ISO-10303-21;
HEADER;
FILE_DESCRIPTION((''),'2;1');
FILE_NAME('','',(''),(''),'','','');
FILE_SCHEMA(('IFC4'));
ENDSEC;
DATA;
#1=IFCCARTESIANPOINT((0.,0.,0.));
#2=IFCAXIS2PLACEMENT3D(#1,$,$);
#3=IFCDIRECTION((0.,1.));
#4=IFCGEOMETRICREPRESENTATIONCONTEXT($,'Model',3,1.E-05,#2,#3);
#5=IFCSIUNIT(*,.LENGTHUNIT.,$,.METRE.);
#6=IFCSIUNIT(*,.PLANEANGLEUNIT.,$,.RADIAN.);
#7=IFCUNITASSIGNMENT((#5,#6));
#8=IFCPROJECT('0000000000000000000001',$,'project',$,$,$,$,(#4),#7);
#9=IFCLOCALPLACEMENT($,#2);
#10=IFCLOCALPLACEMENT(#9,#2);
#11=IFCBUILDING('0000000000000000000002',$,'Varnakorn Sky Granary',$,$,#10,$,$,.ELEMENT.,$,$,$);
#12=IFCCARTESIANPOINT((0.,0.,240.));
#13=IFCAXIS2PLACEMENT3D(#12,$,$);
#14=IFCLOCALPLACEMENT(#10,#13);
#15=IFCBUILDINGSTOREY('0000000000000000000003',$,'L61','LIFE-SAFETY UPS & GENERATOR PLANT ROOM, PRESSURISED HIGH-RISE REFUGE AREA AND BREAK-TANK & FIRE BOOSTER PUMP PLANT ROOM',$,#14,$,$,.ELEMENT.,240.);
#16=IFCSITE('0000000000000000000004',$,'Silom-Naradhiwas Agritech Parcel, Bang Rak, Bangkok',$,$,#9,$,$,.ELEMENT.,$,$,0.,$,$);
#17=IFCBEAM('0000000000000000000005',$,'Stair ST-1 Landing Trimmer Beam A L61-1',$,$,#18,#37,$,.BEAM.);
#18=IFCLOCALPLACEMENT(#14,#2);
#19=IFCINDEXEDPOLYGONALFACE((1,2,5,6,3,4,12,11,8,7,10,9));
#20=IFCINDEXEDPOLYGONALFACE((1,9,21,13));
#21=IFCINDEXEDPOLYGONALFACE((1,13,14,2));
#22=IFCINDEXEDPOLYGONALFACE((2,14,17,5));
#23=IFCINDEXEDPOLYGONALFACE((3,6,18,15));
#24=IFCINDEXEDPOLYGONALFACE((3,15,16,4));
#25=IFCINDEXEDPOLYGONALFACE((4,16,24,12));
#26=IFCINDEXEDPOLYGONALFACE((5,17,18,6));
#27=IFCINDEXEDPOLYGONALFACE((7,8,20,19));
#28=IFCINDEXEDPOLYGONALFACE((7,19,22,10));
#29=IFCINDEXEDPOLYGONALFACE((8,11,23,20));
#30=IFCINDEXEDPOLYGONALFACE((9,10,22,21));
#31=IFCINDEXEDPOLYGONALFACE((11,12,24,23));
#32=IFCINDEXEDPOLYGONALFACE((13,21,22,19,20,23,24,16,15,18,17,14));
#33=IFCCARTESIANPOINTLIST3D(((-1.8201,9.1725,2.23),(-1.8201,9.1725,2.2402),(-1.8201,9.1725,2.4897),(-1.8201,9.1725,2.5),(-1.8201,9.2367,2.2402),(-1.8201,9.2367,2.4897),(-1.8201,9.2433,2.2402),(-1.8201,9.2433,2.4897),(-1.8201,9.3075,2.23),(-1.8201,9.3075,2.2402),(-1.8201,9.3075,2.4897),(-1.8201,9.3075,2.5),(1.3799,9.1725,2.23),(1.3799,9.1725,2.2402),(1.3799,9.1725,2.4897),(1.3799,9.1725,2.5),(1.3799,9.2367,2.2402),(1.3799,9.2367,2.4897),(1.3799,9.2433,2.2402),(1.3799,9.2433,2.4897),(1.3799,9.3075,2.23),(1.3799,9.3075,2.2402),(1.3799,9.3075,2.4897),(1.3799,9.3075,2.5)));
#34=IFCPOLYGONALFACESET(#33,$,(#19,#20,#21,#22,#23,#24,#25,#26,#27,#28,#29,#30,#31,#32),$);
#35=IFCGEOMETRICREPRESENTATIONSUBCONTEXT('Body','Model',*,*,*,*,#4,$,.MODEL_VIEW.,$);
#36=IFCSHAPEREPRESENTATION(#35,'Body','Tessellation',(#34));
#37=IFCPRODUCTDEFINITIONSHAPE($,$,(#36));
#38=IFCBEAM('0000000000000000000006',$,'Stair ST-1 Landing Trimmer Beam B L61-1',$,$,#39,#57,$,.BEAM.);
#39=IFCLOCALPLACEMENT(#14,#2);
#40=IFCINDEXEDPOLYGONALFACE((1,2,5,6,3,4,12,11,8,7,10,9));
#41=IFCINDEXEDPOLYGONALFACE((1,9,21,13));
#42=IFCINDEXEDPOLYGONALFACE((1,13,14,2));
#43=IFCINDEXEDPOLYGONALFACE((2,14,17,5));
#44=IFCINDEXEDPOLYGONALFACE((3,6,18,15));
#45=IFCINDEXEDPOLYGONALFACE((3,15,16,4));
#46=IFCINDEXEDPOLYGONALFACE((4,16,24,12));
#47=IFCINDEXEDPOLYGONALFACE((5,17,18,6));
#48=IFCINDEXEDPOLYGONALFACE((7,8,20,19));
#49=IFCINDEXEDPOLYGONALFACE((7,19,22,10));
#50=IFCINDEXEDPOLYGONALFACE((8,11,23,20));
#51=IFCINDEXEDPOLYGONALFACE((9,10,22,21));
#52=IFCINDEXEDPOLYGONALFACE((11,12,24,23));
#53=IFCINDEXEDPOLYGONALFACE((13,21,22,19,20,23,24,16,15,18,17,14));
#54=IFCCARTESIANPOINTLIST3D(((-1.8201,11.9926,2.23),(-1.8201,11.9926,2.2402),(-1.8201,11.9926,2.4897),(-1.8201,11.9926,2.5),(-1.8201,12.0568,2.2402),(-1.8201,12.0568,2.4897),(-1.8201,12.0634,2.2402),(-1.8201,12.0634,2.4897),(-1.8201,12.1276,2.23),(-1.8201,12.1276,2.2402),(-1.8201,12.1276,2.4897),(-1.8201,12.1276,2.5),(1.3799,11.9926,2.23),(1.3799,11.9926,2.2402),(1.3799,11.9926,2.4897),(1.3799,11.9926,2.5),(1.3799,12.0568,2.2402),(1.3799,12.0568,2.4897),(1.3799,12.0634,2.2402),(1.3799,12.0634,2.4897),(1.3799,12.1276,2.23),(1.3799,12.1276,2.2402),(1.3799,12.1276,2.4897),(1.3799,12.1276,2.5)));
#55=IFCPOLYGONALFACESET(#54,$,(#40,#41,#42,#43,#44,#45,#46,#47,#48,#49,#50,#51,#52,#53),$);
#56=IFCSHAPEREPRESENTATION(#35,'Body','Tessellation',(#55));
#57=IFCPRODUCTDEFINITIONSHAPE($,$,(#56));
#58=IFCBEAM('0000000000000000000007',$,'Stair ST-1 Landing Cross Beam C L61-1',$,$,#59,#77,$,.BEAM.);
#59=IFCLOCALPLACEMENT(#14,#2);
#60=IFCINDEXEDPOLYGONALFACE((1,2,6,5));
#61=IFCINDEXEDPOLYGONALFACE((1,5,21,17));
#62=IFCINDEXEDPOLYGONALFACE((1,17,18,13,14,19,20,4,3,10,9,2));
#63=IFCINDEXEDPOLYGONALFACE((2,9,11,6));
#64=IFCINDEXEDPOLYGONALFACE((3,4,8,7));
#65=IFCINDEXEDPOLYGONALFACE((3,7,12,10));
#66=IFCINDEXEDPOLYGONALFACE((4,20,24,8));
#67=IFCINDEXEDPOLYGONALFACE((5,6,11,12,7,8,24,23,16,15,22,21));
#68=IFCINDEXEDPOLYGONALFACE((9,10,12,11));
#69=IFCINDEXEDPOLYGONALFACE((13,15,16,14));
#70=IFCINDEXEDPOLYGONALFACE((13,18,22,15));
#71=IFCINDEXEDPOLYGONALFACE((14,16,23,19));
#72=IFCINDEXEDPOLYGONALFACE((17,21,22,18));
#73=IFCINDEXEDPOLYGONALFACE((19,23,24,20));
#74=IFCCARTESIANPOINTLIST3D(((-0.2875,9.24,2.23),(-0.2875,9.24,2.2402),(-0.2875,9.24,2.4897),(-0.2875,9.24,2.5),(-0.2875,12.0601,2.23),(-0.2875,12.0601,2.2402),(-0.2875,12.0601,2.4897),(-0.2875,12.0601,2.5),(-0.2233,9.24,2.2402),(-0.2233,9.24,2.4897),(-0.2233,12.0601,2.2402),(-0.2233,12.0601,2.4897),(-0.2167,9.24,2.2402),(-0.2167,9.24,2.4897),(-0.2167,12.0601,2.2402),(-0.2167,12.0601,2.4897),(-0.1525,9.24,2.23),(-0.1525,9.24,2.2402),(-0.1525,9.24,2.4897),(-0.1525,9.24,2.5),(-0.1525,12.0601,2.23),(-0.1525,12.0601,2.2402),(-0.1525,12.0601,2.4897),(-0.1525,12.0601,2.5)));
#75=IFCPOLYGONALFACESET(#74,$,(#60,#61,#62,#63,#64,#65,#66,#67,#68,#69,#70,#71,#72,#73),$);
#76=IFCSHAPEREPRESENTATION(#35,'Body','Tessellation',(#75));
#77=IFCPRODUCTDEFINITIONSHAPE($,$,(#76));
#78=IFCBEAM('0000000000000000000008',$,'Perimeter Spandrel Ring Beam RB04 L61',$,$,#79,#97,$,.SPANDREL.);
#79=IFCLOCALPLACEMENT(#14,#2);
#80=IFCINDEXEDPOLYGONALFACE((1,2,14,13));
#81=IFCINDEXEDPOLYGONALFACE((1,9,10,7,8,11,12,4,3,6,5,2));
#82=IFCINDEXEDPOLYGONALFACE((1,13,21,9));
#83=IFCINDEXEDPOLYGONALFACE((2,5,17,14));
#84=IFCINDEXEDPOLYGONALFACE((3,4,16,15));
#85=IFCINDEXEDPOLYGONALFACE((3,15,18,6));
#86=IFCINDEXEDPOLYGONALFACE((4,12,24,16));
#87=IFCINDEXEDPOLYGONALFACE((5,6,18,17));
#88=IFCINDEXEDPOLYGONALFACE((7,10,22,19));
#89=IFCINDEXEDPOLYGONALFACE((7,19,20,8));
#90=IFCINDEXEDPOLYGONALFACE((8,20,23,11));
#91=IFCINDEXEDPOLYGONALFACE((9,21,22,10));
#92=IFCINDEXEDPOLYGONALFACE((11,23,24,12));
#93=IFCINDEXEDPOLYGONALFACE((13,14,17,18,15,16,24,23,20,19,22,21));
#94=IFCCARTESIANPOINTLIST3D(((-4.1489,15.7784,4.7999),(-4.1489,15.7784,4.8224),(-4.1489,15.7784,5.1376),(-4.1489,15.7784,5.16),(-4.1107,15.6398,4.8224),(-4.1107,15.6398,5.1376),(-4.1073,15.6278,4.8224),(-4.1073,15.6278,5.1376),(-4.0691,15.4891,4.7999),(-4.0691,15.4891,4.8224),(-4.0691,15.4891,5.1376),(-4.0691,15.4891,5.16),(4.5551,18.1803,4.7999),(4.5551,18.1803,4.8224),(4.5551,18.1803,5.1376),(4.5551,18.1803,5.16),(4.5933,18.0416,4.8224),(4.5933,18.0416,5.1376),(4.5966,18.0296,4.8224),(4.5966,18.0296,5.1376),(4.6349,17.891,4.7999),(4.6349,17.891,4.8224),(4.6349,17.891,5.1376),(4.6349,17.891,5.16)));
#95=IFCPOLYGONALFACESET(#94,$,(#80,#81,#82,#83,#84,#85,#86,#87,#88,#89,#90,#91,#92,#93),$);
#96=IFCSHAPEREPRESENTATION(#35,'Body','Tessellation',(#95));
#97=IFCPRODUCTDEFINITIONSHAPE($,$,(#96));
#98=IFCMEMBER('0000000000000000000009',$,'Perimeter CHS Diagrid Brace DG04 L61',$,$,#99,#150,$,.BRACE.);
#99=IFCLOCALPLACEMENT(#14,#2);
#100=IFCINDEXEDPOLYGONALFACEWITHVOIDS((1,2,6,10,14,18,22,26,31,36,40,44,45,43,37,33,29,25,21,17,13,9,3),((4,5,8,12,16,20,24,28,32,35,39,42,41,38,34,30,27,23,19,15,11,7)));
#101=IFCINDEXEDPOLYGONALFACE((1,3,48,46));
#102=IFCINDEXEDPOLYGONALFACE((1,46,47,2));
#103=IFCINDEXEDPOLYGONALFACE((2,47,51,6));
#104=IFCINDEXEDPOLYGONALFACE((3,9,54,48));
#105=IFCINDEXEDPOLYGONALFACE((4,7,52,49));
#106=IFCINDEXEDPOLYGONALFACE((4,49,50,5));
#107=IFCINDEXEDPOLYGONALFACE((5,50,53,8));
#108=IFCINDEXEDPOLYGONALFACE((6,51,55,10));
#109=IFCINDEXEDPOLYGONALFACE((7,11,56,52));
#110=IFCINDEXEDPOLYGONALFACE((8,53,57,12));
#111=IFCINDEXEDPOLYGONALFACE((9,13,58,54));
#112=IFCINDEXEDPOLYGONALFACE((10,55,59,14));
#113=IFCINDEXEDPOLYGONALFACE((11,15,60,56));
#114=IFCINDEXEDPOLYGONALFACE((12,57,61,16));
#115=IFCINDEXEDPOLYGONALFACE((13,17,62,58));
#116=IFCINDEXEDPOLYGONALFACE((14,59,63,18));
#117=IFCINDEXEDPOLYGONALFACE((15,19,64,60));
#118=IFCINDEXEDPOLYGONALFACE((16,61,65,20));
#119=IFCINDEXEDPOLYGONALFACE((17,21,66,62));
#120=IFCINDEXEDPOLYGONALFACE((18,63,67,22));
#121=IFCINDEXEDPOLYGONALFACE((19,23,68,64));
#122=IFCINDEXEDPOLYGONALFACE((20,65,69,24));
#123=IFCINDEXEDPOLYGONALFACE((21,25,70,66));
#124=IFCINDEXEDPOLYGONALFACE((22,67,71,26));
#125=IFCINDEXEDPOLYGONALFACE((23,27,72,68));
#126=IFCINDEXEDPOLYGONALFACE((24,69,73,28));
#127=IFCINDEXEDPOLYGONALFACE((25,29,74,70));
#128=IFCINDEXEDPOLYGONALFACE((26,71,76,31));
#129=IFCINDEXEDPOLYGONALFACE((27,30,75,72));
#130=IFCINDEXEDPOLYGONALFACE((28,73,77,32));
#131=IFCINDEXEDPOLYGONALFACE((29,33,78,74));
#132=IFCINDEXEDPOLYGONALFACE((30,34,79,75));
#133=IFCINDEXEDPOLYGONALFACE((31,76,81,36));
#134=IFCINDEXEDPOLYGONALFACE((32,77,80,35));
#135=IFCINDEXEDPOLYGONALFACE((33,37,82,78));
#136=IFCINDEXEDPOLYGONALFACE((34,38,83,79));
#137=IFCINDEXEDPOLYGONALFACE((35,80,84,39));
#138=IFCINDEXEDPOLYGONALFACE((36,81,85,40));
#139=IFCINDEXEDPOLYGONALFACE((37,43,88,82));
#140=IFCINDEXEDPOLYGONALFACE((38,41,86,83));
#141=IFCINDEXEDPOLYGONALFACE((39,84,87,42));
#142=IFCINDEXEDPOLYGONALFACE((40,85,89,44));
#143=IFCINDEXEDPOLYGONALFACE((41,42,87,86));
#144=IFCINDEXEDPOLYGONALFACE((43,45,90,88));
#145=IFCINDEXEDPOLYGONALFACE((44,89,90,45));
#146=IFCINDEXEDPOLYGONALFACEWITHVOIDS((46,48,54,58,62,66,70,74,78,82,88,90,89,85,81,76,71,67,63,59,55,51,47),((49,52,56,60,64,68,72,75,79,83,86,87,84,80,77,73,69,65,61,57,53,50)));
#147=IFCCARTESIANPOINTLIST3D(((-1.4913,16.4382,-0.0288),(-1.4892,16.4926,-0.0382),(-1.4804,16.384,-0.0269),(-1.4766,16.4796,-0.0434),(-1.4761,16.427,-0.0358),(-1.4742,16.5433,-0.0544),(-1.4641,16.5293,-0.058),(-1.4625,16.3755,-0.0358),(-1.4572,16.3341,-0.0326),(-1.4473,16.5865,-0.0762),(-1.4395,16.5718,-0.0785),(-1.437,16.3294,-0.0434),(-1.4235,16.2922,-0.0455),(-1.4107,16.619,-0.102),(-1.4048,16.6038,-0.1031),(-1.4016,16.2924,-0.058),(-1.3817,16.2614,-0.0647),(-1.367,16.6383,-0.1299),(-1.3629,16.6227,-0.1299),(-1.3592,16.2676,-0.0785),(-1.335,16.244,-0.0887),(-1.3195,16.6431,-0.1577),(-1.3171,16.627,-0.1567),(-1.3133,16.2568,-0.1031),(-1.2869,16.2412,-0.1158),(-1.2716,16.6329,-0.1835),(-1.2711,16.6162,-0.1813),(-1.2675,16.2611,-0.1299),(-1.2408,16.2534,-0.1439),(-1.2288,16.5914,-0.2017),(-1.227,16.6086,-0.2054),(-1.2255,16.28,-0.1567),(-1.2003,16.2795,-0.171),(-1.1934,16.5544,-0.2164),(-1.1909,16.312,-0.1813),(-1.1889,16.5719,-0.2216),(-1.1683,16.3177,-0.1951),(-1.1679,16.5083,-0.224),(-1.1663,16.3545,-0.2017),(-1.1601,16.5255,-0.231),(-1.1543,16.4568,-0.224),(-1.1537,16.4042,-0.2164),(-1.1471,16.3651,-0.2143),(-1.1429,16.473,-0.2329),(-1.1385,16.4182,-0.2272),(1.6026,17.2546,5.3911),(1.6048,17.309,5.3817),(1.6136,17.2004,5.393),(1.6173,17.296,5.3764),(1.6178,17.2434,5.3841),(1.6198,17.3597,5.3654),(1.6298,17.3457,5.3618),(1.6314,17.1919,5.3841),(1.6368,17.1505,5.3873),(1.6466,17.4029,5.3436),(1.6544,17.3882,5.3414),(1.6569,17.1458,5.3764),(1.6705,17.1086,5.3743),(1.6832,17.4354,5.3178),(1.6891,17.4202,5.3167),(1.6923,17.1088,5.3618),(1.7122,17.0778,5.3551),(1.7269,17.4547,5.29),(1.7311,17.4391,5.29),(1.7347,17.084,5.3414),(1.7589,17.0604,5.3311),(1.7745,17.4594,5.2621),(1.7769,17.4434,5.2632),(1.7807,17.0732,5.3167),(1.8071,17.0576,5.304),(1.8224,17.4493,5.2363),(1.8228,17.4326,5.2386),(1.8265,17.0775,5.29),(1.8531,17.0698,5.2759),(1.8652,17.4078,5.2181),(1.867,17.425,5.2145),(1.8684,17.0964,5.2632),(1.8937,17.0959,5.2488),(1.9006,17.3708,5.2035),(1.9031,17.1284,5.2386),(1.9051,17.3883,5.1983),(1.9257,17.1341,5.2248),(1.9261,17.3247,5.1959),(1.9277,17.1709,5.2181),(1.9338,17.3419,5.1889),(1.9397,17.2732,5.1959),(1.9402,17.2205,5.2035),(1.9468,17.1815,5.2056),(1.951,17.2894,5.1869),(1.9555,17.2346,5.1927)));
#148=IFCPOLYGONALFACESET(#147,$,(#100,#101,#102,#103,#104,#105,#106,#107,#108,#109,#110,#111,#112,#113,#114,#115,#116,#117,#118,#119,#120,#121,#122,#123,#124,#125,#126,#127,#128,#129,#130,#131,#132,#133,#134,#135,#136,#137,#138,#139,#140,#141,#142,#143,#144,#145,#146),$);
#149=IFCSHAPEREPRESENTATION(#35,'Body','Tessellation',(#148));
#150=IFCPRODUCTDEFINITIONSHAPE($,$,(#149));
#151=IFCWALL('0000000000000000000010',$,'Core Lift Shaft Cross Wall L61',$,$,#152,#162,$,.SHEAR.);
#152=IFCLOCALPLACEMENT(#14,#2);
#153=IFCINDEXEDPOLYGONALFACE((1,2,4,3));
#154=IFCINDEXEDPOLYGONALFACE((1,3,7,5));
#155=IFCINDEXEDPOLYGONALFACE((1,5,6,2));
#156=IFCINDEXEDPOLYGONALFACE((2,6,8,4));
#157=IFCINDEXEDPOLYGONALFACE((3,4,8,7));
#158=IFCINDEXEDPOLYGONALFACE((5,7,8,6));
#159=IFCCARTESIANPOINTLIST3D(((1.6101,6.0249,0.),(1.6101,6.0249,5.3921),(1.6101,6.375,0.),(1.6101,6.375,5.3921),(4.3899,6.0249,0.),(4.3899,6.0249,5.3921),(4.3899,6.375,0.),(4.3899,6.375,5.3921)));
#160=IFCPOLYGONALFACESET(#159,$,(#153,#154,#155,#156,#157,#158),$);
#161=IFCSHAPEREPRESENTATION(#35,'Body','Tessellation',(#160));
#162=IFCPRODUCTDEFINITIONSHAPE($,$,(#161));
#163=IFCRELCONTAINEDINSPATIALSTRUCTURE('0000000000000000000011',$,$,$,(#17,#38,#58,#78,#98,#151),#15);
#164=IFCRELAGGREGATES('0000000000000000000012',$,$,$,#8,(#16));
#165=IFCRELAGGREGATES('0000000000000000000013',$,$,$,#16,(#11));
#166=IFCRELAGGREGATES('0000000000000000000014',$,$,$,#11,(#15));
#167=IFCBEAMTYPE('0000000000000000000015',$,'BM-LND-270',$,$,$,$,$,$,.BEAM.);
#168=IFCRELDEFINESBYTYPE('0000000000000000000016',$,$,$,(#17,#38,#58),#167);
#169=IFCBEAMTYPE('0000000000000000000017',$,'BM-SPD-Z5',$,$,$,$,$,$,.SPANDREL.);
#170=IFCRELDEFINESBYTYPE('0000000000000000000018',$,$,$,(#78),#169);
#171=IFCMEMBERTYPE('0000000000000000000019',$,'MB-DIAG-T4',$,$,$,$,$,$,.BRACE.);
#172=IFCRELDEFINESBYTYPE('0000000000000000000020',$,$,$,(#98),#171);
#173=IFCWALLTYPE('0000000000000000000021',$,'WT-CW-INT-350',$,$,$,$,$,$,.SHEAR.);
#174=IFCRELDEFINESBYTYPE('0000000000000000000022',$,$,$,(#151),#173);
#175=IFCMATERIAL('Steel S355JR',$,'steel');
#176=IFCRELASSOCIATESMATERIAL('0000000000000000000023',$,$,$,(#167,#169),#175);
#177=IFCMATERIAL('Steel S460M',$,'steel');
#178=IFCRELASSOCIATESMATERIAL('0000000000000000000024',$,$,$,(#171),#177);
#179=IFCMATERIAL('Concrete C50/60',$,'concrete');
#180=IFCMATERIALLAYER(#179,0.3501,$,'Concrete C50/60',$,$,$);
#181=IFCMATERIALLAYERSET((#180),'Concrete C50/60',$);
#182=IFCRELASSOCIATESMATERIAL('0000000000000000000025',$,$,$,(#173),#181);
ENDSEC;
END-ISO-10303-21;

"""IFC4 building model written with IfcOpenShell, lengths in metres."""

from ifc_helpers import new_model, si_unit, direction, frame, frame_2d, origin, origin_2d, place, context, subcontext, project, spatial, rectangle, hollow_circle, i_section, extrude, material, layer, layer_set, material_profile, profile_set, type_object, element, save


model = new_model("IFC4")

# Units and contexts
model_context = context("Model", 3, precision=1e-05, world=origin(), true_north=direction((0.0, 1.0)))
body_context = subcontext(model_context, "Body", "Model", "MODEL_VIEW")
ifc_project = project(units=[si_unit("LENGTHUNIT", "METRE"), si_unit("PLANEANGLEUNIT", "RADIAN")], contexts=[model_context])

# Site, building, storey
site_placement = place(None, origin())
site = spatial("IfcSite", under=ifc_project, at=site_placement, Name="Silom-Naradhiwas Agritech Parcel, Bang Rak, Bangkok", CompositionType="ELEMENT", RefElevation=0.0)
building_placement = place(site_placement, origin())
building = spatial("IfcBuilding", under=site, at=building_placement, Name="Varnakorn Sky Granary", CompositionType="ELEMENT")
storey_placement = place(building_placement, frame((0.0, 0.0, 240.0)))
storey = spatial("IfcBuildingStorey", under=building, at=storey_placement, Name="L61", Description="LIFE-SAFETY UPS & GENERATOR PLANT ROOM, PRESSURISED HIGH-RISE REFUGE AREA AND BREAK-TANK & FIRE BOOSTER PUMP PLANT ROOM", CompositionType="ELEMENT", Elevation=240.0)

# Beams
ifc_material_1 = material(Name="Steel S355JR", Category="steel")
ifc_material_profile_1 = material_profile(ifc_material_1, i_section(OverallWidth=0.135, OverallDepth=0.27, WebThickness=0.0066, FlangeThickness=0.0103, at=origin_2d()), Name="IPE 270")
ifc_profile_set_1 = profile_set([ifc_material_profile_1], Name="Steel S355JR")
beam_type_1 = type_object("IfcBeamType", Name="BM-LND-270", PredefinedType="BEAM", material=ifc_profile_set_1)
for number, where, z_axis, x_axis, name in (
    (1, (-1.8201, 9.24, 2.365), (1.0, 0.0, 0.0), (0.0, 1.0, 0.0), "Stair ST-1 Landing Trimmer Beam A L61-1"),
    (2, (-1.8201, 12.0601, 2.365), (1.0, 0.0, 0.0), (0.0, 1.0, 0.0), "Stair ST-1 Landing Trimmer Beam B L61-1"),
):
    element("IfcBeam", number, at=place(storey_placement, frame(where, z_axis=z_axis, x_axis=x_axis)), inside=storey, type_object=beam_type_1, Name=name, PredefinedType="BEAM", context=body_context, shape_type="SweptSolid", body=[
        extrude(i_section(OverallWidth=0.135, OverallDepth=0.27, WebThickness=0.0066, FlangeThickness=0.0103, at=origin_2d()), origin(), (0.0, 0.0, 1.0), 3.2),
    ])
beam_1_placement = place(storey_placement, frame((-0.22, 9.24, 2.365), z_axis=(0.0, 1.0, 0.0), x_axis=(-1.0, 0.0, 0.0)))
element("IfcBeam", 3, at=beam_1_placement, inside=storey, type_object=beam_type_1, Name="Stair ST-1 Landing Cross Beam C L61-1", PredefinedType="BEAM", context=body_context, shape_type="SweptSolid", body=[
    extrude(i_section(OverallWidth=0.135, OverallDepth=0.27, WebThickness=0.0066, FlangeThickness=0.0103, at=origin_2d()), origin(), (0.0, 0.0, 1.0), 2.8201),
])
ifc_material_profile_2 = material_profile(ifc_material_1, i_section(OverallWidth=0.3, OverallDepth=0.3601, WebThickness=0.0125, FlangeThickness=0.0225, at=origin_2d()), Name="HE 360 B")
ifc_profile_set_2 = profile_set([ifc_material_profile_2], Name="Steel S355JR")
beam_type_2 = type_object("IfcBeamType", Name="BM-SPD-Z5", PredefinedType="SPANDREL", material=ifc_profile_set_2)
beam_2_placement = place(storey_placement, frame((4.595, 18.0356, 4.98), z_axis=(-0.96397, -0.26601, 0.0), x_axis=(0.26601, -0.96397, 0.0)))
element("IfcBeam", 4, at=beam_2_placement, inside=storey, type_object=beam_type_2, Name="Perimeter Spandrel Ring Beam RB04 L61", PredefinedType="SPANDREL", context=body_context, shape_type="SweptSolid", body=[
    extrude(i_section(OverallWidth=0.3, OverallDepth=0.3601, WebThickness=0.0125, FlangeThickness=0.0225, at=origin_2d()), origin(), (0.0, 0.0, 1.0), 9.0293),
])

# Member
ifc_material_2 = material(Name="Steel S460M", Category="steel")
ifc_material_profile_3 = material_profile(ifc_material_2, hollow_circle(Radius=0.2031, WallThickness=0.0161, at=origin_2d()), Name="CHS 406.4x16")
ifc_profile_set_3 = profile_set([ifc_material_profile_3], Name="Steel S460M")
member_type = type_object("IfcMemberType", Name="MB-DIAG-T4", PredefinedType="BRACE", material=ifc_profile_set_3)
member_placement = place(storey_placement, frame((-1.3152, 16.4419, -0.1299), z_axis=(0.491576, 0.129711, 0.86112), x_axis=(-0.255135, 0.966905, 0.0)))
element("IfcMember", 5, at=member_placement, inside=storey, type_object=member_type, Name="Perimeter CHS Diagrid Brace DG04 L61", PredefinedType="BRACE", context=body_context, shape_type="SweptSolid", body=[
    extrude(hollow_circle(Radius=0.2031, WallThickness=0.0161, at=origin_2d()), origin(), (0.0, 0.0, 1.0), 6.2939),
])

# Wall
ifc_material_3 = material(Name="Concrete C50/60", Category="concrete")
ifc_layer_1 = layer(ifc_material_3, 0.3501, Name="Concrete C50/60")
ifc_layer_set_1 = layer_set([ifc_layer_1], Name="Concrete C50/60")
wall_type_1 = type_object("IfcWallType", Name="WT-CW-INT-350", PredefinedType="SHEAR", material=ifc_layer_set_1)
wall_1_placement = place(storey_placement, frame((1.6101, 6.2, 0.0), z_axis=(0.0, 0.0, 1.0), x_axis=(1.0, 0.0, 0.0)))
element("IfcWall", 6, at=wall_1_placement, inside=storey, type_object=wall_type_1, Name="Core Lift Shaft Cross Wall L61", PredefinedType="SHEAR", context=body_context, shape_type="SweptSolid", body=[
    extrude(rectangle(XDim=2.7798, YDim=0.3501, at=frame_2d((1.3899, 0.0))), origin(), (0.0, 0.0, 1.0), 5.3921),
])

save(model, "model.ifc")
